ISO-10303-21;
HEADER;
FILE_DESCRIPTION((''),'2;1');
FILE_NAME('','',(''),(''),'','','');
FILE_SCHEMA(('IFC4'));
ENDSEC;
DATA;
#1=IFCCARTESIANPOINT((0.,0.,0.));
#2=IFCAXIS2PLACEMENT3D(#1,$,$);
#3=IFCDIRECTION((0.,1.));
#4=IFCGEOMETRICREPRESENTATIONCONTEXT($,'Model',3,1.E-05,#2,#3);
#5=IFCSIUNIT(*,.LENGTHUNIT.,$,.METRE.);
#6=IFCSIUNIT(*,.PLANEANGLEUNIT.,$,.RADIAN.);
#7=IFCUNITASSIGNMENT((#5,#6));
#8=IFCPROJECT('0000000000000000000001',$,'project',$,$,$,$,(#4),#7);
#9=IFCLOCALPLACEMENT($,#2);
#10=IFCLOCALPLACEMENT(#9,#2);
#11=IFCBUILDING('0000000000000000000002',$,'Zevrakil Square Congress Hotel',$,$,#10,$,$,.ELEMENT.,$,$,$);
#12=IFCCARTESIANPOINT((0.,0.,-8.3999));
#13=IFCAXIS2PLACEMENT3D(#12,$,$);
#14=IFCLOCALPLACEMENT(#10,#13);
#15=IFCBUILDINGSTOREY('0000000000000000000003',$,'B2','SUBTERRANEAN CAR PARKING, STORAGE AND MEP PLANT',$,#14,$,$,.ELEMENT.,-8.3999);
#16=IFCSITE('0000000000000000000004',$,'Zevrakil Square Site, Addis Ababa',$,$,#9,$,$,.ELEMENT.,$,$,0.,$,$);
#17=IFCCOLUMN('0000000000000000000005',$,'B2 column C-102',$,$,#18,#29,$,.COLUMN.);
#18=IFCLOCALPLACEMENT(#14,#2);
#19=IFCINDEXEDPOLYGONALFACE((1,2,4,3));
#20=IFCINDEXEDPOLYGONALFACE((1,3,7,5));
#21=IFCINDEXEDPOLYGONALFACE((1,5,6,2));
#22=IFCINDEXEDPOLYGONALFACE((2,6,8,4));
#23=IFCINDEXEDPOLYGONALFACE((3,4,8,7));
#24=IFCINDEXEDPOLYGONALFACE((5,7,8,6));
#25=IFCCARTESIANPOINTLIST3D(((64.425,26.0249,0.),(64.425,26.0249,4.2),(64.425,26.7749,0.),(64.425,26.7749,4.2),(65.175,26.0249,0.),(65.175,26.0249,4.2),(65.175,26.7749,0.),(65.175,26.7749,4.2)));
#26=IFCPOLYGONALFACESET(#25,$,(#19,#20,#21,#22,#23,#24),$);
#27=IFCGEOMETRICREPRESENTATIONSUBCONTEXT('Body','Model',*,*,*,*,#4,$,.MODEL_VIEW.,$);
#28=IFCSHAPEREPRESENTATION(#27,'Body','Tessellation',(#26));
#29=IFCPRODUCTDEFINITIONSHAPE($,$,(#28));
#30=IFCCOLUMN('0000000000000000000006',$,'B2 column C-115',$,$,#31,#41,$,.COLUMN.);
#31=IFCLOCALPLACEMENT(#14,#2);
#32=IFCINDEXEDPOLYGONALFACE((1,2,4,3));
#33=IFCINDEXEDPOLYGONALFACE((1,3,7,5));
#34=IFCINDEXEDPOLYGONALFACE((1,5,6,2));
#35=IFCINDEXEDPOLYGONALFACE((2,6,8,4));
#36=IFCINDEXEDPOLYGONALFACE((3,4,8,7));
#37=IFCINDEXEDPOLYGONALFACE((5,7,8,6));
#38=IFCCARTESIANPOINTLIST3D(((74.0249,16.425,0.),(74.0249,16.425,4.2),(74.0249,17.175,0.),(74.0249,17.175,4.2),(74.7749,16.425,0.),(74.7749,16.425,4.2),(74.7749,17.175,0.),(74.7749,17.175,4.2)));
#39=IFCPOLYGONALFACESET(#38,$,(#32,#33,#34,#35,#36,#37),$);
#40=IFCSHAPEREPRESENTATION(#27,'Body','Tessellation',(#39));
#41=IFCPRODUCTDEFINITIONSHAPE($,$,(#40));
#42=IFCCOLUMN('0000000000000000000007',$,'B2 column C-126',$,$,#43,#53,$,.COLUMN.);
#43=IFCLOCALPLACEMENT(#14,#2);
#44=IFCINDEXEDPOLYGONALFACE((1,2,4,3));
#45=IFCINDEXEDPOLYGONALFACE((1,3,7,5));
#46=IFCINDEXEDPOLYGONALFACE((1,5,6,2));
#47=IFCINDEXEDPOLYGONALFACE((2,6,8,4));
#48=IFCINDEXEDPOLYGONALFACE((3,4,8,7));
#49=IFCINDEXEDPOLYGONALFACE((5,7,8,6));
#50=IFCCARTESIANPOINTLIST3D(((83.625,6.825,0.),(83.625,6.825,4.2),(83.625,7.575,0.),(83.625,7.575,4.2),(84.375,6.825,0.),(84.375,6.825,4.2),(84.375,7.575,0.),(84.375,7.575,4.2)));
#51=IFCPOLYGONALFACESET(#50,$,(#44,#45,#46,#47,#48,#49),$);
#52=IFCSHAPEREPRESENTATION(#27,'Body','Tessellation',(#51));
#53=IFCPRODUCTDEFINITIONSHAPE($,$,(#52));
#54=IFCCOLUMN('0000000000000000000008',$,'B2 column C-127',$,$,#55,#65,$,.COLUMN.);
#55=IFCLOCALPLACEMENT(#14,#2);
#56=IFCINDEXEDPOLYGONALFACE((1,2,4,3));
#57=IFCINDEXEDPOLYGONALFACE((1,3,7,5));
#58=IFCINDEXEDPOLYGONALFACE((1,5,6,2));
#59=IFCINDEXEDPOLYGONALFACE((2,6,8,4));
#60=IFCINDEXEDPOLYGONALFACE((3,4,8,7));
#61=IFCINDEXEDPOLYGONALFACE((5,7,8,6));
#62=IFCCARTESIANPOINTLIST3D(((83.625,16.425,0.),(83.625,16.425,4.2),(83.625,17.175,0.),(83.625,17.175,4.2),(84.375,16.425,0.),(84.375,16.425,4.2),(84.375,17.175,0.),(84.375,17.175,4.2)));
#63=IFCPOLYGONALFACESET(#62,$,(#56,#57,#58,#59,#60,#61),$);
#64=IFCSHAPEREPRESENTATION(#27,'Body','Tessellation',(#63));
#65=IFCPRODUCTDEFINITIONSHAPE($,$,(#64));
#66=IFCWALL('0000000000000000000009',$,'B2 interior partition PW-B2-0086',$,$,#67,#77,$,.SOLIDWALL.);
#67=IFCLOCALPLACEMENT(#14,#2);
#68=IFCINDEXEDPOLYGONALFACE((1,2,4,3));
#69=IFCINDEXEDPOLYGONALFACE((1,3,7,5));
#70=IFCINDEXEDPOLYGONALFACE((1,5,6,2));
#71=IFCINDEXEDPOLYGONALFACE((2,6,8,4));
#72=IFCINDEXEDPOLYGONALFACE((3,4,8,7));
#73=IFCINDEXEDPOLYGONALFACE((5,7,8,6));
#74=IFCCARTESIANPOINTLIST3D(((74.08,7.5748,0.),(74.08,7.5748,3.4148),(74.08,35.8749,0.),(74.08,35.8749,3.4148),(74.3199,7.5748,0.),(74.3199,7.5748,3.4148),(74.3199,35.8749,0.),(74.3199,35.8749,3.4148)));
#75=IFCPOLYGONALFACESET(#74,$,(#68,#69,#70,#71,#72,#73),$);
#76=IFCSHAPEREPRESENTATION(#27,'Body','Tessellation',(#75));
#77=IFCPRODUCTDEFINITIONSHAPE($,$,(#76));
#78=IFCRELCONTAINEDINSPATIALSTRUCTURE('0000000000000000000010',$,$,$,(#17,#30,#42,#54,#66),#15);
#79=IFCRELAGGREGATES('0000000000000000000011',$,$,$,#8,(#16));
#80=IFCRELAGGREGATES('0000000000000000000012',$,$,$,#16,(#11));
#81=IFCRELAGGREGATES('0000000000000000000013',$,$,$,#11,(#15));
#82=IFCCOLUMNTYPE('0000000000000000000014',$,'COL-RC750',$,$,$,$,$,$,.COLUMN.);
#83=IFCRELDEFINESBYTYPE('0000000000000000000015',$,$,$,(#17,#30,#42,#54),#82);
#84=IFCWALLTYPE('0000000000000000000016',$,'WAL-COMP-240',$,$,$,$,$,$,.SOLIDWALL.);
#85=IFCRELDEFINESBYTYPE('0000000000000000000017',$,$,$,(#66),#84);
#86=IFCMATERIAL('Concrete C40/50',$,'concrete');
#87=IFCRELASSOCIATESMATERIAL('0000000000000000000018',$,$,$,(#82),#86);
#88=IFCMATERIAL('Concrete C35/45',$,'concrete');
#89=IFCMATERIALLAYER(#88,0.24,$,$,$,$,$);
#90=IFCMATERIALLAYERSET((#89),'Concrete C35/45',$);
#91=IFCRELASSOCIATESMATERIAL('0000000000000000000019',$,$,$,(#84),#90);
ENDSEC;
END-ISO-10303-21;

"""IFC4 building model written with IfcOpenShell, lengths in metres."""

from ifc_helpers import new_model, si_unit, direction, frame, frame_2d, origin, origin_2d, place, context, subcontext, project, spatial, rectangle, extrude, material, layer, layer_set, material_profile, profile_set, type_object, element, save


model = new_model("IFC4")

# Units and contexts
model_context = context("Model", 3, precision=1e-05, world=origin(), true_north=direction((0.0, 1.0)))
body_context = subcontext(model_context, "Body", "Model", "MODEL_VIEW")
ifc_project = project(units=[si_unit("LENGTHUNIT", "METRE"), si_unit("PLANEANGLEUNIT", "RADIAN")], contexts=[model_context])

# Site, building, storey
site_placement = place(None, origin())
site = spatial("IfcSite", under=ifc_project, at=site_placement, Name="Zevrakil Square Site, Addis Ababa", CompositionType="ELEMENT", RefElevation=0.0)
building_placement = place(site_placement, origin())
building = spatial("IfcBuilding", under=site, at=building_placement, Name="Zevrakil Square Congress Hotel", CompositionType="ELEMENT")
storey_placement = place(building_placement, frame((0.0, 0.0, -8.3999)))
storey = spatial("IfcBuildingStorey", under=building, at=storey_placement, Name="B2", Description="SUBTERRANEAN CAR PARKING, STORAGE AND MEP PLANT", CompositionType="ELEMENT", Elevation=-8.3999)

# Columns
ifc_material_1 = material(Name="Concrete C40/50", Category="concrete")
ifc_material_profile_1 = material_profile(ifc_material_1, rectangle(XDim=0.75, YDim=0.75, at=origin_2d()), Name="RC 750x750")
ifc_profile_set_1 = profile_set([ifc_material_profile_1], Name="Concrete C40/50")
column_type = type_object("IfcColumnType", Name="COL-RC750", PredefinedType="COLUMN", material=ifc_profile_set_1)
for number, where, z_axis, x_axis, name in (
    (1, (64.8, 26.3999, 0.0), (0.0, 0.0, 1.0), (1.0, 0.0, 0.0), "B2 column C-102"),
    (2, (74.3999, 16.8, 0.0), (0.0, 0.0, 1.0), (1.0, 0.0, 0.0), "B2 column C-115"),
    (3, (84.0, 7.2, 0.0), (0.0, 0.0, 1.0), (1.0, 0.0, 0.0), "B2 column C-126"),
    (4, (84.0, 16.8, 0.0), (0.0, 0.0, 1.0), (1.0, 0.0, 0.0), "B2 column C-127"),
):
    element("IfcColumn", number, at=place(storey_placement, frame(where, z_axis=z_axis, x_axis=x_axis)), inside=storey, type_object=column_type, Name=name, PredefinedType="COLUMN", context=body_context, shape_type="SweptSolid", body=[
        extrude(rectangle(XDim=0.75, YDim=0.75, at=origin_2d()), origin(), (0.0, 0.0, 1.0), 4.2),
    ])

# Wall
ifc_material_2 = material(Name="Concrete C35/45", Category="concrete")
ifc_layer = layer(ifc_material_2, 0.24)
ifc_layer_set = layer_set([ifc_layer], Name="Concrete C35/45")
wall_type = type_object("IfcWallType", Name="WAL-COMP-240", PredefinedType="SOLIDWALL", material=ifc_layer_set)
wall_placement = place(storey_placement, frame((74.2, 7.575, 0.0), z_axis=(0.0, 0.0, 1.0), x_axis=(0.0, 1.0, 0.0)))
element("IfcWall", 5, at=wall_placement, inside=storey, type_object=wall_type, Name="B2 interior partition PW-B2-0086", PredefinedType="SOLIDWALL", context=body_context, shape_type="SweptSolid", body=[
    extrude(rectangle(XDim=28.3, YDim=0.24, at=frame_2d((14.1499, 0.0))), origin(), (0.0, 0.0, 1.0), 3.4148),
])

save(model, "model.ifc")
